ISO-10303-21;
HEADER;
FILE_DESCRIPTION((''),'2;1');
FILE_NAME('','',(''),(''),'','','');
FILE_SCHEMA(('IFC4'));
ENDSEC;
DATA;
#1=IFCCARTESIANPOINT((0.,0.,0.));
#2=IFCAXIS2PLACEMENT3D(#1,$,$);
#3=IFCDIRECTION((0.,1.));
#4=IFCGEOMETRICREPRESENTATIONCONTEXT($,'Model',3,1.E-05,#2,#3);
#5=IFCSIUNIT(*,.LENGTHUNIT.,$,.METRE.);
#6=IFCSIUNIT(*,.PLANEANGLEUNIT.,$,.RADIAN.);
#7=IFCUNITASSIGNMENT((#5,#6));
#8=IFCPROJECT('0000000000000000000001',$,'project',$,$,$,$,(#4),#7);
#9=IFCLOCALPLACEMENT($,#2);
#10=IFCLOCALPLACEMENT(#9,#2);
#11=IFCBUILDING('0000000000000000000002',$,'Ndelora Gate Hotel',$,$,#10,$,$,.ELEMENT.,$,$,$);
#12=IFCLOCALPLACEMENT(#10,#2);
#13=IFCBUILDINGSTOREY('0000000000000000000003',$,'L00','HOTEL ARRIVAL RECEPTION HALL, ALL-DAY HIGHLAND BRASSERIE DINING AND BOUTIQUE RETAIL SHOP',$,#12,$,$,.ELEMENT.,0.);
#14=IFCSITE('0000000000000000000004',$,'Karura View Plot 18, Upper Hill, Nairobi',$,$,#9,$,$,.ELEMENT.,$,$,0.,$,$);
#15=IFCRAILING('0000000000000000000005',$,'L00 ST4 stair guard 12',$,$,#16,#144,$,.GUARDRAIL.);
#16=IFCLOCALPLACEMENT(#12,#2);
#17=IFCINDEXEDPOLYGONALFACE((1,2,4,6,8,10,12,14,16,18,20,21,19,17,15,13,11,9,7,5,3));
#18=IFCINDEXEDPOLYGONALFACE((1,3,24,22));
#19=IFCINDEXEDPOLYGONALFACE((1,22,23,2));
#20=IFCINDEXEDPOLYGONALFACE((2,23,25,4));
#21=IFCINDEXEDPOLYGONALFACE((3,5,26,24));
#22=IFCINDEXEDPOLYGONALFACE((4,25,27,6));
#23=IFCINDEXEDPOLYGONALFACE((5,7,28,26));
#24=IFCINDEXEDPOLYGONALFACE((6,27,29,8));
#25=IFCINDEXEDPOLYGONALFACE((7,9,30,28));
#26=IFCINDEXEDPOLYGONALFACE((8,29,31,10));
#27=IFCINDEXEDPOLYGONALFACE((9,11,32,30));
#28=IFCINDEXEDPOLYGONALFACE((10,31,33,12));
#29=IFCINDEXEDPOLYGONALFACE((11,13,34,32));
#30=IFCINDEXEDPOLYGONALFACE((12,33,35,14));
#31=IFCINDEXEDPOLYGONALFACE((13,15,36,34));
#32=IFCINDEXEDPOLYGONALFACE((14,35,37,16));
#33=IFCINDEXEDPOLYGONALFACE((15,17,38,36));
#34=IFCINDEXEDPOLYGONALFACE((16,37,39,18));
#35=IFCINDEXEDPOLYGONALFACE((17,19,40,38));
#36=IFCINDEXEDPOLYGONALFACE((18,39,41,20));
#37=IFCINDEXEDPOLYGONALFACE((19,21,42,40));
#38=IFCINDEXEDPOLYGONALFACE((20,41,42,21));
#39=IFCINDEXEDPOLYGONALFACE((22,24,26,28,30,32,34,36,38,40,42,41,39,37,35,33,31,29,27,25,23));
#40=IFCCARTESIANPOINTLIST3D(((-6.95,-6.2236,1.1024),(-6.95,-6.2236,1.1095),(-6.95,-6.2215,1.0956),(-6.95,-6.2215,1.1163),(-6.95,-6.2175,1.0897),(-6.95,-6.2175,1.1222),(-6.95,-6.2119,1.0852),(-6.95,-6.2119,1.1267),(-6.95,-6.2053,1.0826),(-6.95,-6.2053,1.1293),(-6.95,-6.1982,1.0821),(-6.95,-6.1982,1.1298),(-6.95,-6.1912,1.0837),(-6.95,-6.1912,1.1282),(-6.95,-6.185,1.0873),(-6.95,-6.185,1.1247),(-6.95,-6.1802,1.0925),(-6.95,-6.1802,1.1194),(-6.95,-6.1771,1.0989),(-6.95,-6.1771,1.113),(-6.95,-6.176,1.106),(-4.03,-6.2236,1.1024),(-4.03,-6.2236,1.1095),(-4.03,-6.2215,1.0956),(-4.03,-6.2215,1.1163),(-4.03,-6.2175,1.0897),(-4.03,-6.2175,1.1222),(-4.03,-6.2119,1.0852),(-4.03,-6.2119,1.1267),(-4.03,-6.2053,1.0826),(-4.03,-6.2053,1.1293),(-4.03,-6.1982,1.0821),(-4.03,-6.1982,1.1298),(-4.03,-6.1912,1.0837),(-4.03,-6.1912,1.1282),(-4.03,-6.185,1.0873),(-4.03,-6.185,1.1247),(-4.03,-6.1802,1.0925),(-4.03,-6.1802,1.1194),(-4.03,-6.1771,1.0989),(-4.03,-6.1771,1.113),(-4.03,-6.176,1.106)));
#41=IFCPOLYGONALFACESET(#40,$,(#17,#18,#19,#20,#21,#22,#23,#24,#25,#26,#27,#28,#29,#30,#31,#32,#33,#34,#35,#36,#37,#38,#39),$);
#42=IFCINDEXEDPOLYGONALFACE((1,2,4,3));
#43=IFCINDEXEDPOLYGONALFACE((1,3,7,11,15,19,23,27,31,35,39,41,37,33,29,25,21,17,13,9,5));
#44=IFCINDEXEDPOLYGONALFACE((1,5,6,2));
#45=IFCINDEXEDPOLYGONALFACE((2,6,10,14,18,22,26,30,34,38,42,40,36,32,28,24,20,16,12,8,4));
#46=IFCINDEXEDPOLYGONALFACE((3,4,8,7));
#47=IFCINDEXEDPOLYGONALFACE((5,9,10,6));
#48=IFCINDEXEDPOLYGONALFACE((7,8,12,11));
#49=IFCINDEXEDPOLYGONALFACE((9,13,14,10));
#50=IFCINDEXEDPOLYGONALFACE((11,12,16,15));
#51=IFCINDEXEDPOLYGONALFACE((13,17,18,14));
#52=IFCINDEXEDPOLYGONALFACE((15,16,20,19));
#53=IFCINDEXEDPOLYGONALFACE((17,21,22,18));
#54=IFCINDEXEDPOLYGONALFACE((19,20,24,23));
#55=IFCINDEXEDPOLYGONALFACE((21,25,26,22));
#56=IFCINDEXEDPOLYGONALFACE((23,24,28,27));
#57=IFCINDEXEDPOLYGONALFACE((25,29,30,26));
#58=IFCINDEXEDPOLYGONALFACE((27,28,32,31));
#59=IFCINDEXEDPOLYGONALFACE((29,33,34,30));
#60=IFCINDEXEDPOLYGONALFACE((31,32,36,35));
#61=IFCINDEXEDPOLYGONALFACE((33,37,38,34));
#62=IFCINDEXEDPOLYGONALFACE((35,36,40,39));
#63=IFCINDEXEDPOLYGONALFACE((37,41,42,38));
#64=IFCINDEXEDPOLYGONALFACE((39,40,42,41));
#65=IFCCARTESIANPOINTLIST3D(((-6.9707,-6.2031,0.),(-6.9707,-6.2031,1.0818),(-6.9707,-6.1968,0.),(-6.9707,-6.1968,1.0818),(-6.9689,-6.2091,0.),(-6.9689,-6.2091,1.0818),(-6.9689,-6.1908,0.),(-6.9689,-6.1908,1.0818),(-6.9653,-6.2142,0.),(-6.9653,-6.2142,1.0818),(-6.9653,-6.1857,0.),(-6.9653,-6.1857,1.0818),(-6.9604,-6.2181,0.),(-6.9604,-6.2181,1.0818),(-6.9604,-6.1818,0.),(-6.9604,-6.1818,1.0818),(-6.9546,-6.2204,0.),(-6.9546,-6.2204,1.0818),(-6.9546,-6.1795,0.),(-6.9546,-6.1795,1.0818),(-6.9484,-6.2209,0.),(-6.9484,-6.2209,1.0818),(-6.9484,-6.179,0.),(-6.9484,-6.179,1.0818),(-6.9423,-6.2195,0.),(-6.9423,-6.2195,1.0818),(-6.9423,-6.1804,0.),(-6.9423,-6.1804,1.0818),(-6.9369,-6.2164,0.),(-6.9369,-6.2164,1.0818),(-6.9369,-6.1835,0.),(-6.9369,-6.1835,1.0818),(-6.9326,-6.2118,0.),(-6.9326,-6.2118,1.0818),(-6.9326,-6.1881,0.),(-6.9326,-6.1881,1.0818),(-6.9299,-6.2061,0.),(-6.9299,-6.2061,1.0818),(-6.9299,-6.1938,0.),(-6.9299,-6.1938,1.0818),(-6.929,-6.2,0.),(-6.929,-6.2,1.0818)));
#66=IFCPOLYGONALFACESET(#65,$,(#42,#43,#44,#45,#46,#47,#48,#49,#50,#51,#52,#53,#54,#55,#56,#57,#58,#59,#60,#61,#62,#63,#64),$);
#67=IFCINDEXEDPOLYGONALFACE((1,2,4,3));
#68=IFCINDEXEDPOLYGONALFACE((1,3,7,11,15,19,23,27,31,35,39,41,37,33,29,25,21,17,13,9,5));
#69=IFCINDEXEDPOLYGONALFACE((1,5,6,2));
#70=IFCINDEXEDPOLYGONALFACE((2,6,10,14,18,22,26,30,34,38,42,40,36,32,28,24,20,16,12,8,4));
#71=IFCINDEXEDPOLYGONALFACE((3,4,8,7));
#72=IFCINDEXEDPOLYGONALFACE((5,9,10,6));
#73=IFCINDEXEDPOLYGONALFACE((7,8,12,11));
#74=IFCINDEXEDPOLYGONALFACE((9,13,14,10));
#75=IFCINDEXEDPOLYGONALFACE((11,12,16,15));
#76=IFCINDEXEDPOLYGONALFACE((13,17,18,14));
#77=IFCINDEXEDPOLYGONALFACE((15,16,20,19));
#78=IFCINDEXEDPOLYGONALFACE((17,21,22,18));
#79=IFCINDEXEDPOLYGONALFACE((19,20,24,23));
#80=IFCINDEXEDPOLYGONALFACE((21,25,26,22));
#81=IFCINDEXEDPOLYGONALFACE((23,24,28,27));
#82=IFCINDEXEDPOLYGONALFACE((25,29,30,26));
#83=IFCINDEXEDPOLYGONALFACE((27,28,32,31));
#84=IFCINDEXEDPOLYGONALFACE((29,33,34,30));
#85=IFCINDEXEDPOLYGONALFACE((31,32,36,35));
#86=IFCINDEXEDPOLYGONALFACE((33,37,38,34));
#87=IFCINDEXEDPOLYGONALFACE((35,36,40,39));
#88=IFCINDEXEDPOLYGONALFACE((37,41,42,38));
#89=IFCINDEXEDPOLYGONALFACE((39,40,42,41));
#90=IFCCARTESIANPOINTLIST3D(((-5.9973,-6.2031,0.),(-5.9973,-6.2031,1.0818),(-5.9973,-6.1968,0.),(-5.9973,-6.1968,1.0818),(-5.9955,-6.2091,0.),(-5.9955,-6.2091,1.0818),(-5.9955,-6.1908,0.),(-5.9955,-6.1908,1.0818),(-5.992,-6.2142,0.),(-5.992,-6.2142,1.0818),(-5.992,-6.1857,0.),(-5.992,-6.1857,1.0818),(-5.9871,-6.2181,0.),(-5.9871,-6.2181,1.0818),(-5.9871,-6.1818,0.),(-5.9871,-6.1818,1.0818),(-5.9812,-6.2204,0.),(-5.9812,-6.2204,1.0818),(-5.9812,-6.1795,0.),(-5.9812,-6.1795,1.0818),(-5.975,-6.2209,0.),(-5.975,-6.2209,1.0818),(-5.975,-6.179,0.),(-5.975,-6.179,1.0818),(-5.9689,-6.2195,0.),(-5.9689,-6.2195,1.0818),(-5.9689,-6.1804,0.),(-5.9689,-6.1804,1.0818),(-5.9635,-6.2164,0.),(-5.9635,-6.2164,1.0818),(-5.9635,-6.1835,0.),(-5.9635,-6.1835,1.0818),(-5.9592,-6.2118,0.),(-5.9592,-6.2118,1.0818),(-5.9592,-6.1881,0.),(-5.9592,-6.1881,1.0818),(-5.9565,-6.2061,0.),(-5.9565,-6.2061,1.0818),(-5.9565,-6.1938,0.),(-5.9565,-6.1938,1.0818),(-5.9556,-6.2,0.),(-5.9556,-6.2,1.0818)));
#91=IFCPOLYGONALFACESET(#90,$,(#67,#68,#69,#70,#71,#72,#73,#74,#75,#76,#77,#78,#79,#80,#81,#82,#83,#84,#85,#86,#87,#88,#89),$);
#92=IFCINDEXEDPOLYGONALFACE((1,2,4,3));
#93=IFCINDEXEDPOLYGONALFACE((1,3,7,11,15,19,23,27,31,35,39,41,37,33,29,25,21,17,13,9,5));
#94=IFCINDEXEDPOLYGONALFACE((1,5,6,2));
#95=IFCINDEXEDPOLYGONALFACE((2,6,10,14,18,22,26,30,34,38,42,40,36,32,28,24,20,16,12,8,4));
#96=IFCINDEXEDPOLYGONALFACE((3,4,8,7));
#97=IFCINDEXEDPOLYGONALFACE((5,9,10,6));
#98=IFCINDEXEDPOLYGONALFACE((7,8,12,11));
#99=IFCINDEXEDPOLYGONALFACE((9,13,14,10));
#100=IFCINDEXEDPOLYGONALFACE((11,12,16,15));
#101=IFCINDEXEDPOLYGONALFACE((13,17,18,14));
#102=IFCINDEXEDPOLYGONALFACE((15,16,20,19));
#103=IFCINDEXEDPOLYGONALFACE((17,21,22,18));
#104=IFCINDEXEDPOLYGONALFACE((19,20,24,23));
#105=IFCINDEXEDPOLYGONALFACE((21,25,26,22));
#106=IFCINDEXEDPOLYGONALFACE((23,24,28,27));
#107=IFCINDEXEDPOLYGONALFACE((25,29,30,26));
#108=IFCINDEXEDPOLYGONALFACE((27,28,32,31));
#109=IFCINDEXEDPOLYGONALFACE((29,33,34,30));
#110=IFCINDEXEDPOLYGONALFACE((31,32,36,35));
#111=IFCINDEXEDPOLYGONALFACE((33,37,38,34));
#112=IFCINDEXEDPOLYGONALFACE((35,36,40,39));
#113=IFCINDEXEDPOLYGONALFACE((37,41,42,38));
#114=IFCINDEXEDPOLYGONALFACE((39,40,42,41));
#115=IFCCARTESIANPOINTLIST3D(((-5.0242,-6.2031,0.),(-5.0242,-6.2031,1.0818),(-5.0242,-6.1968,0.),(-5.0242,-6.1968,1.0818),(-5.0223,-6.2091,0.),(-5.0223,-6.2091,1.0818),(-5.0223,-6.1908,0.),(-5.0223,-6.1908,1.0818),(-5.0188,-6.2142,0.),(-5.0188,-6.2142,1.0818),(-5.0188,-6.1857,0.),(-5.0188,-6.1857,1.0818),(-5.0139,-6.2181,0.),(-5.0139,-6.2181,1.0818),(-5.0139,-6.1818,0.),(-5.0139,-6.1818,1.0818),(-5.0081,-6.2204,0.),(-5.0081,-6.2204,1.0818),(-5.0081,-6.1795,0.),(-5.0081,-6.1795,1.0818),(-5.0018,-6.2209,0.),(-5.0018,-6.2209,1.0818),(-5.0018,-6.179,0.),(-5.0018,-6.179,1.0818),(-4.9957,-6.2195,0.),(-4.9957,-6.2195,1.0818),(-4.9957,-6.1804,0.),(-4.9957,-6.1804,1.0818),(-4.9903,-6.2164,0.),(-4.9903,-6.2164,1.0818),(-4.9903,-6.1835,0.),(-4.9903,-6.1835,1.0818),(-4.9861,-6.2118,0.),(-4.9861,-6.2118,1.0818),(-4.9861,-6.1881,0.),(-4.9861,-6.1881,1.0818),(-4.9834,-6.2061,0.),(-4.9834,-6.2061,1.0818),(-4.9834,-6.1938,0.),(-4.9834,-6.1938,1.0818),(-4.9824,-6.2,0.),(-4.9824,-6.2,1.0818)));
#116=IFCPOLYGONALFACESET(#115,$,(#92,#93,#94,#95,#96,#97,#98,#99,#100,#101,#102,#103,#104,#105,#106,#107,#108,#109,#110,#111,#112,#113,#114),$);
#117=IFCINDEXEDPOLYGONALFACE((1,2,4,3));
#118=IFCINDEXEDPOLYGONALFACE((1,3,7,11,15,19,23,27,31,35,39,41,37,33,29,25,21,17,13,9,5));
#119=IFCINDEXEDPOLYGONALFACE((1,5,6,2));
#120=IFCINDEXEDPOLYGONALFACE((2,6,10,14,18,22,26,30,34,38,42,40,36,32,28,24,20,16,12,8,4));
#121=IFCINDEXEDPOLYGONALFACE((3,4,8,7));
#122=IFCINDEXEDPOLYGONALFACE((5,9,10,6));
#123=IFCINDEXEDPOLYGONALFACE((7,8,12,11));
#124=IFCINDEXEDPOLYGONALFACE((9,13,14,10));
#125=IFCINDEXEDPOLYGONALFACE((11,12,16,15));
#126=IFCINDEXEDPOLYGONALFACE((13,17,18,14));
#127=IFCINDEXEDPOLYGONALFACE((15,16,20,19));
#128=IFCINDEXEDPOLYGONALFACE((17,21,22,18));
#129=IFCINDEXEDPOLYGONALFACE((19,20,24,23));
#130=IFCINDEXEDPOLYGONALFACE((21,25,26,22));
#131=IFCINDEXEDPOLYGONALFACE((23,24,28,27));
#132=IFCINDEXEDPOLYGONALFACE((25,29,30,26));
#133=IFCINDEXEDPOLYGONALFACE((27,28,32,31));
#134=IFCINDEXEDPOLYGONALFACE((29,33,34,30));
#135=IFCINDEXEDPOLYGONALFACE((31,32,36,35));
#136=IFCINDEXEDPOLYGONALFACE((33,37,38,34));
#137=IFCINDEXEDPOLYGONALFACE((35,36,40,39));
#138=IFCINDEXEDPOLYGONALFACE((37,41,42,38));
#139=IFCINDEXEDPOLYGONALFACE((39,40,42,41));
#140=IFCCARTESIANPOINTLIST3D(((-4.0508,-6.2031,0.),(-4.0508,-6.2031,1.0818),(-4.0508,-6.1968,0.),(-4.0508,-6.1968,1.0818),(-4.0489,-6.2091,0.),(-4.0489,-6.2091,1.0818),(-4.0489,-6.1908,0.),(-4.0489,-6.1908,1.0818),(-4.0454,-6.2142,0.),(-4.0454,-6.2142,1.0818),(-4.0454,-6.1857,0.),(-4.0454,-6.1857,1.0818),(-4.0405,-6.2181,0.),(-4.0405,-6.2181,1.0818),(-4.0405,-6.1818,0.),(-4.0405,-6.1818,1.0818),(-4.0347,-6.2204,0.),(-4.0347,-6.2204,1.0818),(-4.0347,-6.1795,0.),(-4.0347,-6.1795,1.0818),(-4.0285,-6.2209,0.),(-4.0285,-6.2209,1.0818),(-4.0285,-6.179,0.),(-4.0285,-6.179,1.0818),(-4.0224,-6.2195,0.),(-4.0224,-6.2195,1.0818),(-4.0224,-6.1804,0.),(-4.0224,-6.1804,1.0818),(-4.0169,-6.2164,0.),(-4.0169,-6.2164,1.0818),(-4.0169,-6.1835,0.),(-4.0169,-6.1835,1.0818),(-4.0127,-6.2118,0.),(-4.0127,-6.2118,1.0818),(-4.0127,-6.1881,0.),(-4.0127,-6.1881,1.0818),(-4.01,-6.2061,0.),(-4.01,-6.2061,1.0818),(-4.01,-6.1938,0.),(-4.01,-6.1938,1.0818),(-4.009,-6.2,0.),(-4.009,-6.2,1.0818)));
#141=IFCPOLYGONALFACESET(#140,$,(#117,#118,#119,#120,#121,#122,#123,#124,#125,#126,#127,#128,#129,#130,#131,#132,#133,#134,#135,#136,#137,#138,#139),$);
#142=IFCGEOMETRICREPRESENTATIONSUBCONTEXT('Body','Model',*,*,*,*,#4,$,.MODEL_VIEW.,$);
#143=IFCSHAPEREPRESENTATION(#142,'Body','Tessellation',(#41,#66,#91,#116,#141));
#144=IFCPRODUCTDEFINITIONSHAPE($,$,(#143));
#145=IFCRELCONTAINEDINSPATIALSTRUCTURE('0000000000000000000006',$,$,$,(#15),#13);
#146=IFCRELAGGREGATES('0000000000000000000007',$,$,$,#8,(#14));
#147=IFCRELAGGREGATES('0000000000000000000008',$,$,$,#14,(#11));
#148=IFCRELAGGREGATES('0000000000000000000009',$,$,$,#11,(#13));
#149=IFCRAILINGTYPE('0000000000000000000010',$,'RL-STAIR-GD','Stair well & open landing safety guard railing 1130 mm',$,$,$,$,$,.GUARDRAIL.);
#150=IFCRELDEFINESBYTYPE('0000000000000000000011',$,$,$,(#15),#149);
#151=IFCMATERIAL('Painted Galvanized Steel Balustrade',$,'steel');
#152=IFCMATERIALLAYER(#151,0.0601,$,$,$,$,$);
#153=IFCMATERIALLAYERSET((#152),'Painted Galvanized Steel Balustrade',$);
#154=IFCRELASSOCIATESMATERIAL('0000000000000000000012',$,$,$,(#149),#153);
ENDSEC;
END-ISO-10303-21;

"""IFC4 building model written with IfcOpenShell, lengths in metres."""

from ifc_helpers import new_model, si_unit, direction, frame, origin, origin_2d, place, context, subcontext, project, spatial, circle, extrude, material, layer, layer_set, type_object, element, save


model = new_model("IFC4")

# Units and contexts
model_context = context("Model", 3, precision=1e-05, world=origin(), true_north=direction((0.0, 1.0)))
body_context = subcontext(model_context, "Body", "Model", "MODEL_VIEW")
ifc_project = project(units=[si_unit("LENGTHUNIT", "METRE"), si_unit("PLANEANGLEUNIT", "RADIAN")], contexts=[model_context])

# Site, building, storey
site_placement = place(None, origin())
site = spatial("IfcSite", under=ifc_project, at=site_placement, Name="Karura View Plot 18, Upper Hill, Nairobi", CompositionType="ELEMENT", RefElevation=0.0)
building_placement = place(site_placement, origin())
building = spatial("IfcBuilding", under=site, at=building_placement, Name="Ndelora Gate Hotel", CompositionType="ELEMENT")
storey_placement = place(building_placement, origin())
storey = spatial("IfcBuildingStorey", under=building, at=storey_placement, Name="L00", Description="HOTEL ARRIVAL RECEPTION HALL, ALL-DAY HIGHLAND BRASSERIE DINING AND BOUTIQUE RETAIL SHOP", CompositionType="ELEMENT", Elevation=0.0)

# Railing
ifc_material_1 = material(Name="Painted Galvanized Steel Balustrade", Category="steel")
ifc_layer_1 = layer(ifc_material_1, 0.0601)
ifc_layer_set_1 = layer_set([ifc_layer_1], Name="Painted Galvanized Steel Balustrade")
railing_type_1 = type_object("IfcRailingType", Name="RL-STAIR-GD", Description="Stair well & open landing safety guard railing 1130 mm", PredefinedType="GUARDRAIL", material=ifc_layer_set_1)
railing_1_placement = place(storey_placement, frame((-6.95, -6.2, 0.0)))
element("IfcRailing", 1, at=railing_1_placement, inside=storey, type_object=railing_type_1, Name="L00 ST4 stair guard 12", PredefinedType="GUARDRAIL", context=body_context, shape_type="SweptSolid", body=[
    extrude(circle(Radius=0.0239, at=origin_2d()), frame((0.0, 0.0, 1.106), z_axis=(1.0, 0.0, 0.0), x_axis=(0.0, 1.0, 0.0)), (0.0, 0.0, 1.0), 2.9199),
    extrude(circle(Radius=0.021, at=origin_2d()), origin(), (0.0, 0.0, 1.0), 1.0818),
    extrude(circle(Radius=0.021, at=origin_2d()), frame((0.9734, 0.0, 0.0)), (0.0, 0.0, 1.0), 1.0818),
    extrude(circle(Radius=0.021, at=origin_2d()), frame((1.9465, 0.0, 0.0)), (0.0, 0.0, 1.0), 1.0818),
    extrude(circle(Radius=0.021, at=origin_2d()), frame((2.9199, 0.0, 0.0)), (0.0, 0.0, 1.0), 1.0818),
])

save(model, "model.ifc")
